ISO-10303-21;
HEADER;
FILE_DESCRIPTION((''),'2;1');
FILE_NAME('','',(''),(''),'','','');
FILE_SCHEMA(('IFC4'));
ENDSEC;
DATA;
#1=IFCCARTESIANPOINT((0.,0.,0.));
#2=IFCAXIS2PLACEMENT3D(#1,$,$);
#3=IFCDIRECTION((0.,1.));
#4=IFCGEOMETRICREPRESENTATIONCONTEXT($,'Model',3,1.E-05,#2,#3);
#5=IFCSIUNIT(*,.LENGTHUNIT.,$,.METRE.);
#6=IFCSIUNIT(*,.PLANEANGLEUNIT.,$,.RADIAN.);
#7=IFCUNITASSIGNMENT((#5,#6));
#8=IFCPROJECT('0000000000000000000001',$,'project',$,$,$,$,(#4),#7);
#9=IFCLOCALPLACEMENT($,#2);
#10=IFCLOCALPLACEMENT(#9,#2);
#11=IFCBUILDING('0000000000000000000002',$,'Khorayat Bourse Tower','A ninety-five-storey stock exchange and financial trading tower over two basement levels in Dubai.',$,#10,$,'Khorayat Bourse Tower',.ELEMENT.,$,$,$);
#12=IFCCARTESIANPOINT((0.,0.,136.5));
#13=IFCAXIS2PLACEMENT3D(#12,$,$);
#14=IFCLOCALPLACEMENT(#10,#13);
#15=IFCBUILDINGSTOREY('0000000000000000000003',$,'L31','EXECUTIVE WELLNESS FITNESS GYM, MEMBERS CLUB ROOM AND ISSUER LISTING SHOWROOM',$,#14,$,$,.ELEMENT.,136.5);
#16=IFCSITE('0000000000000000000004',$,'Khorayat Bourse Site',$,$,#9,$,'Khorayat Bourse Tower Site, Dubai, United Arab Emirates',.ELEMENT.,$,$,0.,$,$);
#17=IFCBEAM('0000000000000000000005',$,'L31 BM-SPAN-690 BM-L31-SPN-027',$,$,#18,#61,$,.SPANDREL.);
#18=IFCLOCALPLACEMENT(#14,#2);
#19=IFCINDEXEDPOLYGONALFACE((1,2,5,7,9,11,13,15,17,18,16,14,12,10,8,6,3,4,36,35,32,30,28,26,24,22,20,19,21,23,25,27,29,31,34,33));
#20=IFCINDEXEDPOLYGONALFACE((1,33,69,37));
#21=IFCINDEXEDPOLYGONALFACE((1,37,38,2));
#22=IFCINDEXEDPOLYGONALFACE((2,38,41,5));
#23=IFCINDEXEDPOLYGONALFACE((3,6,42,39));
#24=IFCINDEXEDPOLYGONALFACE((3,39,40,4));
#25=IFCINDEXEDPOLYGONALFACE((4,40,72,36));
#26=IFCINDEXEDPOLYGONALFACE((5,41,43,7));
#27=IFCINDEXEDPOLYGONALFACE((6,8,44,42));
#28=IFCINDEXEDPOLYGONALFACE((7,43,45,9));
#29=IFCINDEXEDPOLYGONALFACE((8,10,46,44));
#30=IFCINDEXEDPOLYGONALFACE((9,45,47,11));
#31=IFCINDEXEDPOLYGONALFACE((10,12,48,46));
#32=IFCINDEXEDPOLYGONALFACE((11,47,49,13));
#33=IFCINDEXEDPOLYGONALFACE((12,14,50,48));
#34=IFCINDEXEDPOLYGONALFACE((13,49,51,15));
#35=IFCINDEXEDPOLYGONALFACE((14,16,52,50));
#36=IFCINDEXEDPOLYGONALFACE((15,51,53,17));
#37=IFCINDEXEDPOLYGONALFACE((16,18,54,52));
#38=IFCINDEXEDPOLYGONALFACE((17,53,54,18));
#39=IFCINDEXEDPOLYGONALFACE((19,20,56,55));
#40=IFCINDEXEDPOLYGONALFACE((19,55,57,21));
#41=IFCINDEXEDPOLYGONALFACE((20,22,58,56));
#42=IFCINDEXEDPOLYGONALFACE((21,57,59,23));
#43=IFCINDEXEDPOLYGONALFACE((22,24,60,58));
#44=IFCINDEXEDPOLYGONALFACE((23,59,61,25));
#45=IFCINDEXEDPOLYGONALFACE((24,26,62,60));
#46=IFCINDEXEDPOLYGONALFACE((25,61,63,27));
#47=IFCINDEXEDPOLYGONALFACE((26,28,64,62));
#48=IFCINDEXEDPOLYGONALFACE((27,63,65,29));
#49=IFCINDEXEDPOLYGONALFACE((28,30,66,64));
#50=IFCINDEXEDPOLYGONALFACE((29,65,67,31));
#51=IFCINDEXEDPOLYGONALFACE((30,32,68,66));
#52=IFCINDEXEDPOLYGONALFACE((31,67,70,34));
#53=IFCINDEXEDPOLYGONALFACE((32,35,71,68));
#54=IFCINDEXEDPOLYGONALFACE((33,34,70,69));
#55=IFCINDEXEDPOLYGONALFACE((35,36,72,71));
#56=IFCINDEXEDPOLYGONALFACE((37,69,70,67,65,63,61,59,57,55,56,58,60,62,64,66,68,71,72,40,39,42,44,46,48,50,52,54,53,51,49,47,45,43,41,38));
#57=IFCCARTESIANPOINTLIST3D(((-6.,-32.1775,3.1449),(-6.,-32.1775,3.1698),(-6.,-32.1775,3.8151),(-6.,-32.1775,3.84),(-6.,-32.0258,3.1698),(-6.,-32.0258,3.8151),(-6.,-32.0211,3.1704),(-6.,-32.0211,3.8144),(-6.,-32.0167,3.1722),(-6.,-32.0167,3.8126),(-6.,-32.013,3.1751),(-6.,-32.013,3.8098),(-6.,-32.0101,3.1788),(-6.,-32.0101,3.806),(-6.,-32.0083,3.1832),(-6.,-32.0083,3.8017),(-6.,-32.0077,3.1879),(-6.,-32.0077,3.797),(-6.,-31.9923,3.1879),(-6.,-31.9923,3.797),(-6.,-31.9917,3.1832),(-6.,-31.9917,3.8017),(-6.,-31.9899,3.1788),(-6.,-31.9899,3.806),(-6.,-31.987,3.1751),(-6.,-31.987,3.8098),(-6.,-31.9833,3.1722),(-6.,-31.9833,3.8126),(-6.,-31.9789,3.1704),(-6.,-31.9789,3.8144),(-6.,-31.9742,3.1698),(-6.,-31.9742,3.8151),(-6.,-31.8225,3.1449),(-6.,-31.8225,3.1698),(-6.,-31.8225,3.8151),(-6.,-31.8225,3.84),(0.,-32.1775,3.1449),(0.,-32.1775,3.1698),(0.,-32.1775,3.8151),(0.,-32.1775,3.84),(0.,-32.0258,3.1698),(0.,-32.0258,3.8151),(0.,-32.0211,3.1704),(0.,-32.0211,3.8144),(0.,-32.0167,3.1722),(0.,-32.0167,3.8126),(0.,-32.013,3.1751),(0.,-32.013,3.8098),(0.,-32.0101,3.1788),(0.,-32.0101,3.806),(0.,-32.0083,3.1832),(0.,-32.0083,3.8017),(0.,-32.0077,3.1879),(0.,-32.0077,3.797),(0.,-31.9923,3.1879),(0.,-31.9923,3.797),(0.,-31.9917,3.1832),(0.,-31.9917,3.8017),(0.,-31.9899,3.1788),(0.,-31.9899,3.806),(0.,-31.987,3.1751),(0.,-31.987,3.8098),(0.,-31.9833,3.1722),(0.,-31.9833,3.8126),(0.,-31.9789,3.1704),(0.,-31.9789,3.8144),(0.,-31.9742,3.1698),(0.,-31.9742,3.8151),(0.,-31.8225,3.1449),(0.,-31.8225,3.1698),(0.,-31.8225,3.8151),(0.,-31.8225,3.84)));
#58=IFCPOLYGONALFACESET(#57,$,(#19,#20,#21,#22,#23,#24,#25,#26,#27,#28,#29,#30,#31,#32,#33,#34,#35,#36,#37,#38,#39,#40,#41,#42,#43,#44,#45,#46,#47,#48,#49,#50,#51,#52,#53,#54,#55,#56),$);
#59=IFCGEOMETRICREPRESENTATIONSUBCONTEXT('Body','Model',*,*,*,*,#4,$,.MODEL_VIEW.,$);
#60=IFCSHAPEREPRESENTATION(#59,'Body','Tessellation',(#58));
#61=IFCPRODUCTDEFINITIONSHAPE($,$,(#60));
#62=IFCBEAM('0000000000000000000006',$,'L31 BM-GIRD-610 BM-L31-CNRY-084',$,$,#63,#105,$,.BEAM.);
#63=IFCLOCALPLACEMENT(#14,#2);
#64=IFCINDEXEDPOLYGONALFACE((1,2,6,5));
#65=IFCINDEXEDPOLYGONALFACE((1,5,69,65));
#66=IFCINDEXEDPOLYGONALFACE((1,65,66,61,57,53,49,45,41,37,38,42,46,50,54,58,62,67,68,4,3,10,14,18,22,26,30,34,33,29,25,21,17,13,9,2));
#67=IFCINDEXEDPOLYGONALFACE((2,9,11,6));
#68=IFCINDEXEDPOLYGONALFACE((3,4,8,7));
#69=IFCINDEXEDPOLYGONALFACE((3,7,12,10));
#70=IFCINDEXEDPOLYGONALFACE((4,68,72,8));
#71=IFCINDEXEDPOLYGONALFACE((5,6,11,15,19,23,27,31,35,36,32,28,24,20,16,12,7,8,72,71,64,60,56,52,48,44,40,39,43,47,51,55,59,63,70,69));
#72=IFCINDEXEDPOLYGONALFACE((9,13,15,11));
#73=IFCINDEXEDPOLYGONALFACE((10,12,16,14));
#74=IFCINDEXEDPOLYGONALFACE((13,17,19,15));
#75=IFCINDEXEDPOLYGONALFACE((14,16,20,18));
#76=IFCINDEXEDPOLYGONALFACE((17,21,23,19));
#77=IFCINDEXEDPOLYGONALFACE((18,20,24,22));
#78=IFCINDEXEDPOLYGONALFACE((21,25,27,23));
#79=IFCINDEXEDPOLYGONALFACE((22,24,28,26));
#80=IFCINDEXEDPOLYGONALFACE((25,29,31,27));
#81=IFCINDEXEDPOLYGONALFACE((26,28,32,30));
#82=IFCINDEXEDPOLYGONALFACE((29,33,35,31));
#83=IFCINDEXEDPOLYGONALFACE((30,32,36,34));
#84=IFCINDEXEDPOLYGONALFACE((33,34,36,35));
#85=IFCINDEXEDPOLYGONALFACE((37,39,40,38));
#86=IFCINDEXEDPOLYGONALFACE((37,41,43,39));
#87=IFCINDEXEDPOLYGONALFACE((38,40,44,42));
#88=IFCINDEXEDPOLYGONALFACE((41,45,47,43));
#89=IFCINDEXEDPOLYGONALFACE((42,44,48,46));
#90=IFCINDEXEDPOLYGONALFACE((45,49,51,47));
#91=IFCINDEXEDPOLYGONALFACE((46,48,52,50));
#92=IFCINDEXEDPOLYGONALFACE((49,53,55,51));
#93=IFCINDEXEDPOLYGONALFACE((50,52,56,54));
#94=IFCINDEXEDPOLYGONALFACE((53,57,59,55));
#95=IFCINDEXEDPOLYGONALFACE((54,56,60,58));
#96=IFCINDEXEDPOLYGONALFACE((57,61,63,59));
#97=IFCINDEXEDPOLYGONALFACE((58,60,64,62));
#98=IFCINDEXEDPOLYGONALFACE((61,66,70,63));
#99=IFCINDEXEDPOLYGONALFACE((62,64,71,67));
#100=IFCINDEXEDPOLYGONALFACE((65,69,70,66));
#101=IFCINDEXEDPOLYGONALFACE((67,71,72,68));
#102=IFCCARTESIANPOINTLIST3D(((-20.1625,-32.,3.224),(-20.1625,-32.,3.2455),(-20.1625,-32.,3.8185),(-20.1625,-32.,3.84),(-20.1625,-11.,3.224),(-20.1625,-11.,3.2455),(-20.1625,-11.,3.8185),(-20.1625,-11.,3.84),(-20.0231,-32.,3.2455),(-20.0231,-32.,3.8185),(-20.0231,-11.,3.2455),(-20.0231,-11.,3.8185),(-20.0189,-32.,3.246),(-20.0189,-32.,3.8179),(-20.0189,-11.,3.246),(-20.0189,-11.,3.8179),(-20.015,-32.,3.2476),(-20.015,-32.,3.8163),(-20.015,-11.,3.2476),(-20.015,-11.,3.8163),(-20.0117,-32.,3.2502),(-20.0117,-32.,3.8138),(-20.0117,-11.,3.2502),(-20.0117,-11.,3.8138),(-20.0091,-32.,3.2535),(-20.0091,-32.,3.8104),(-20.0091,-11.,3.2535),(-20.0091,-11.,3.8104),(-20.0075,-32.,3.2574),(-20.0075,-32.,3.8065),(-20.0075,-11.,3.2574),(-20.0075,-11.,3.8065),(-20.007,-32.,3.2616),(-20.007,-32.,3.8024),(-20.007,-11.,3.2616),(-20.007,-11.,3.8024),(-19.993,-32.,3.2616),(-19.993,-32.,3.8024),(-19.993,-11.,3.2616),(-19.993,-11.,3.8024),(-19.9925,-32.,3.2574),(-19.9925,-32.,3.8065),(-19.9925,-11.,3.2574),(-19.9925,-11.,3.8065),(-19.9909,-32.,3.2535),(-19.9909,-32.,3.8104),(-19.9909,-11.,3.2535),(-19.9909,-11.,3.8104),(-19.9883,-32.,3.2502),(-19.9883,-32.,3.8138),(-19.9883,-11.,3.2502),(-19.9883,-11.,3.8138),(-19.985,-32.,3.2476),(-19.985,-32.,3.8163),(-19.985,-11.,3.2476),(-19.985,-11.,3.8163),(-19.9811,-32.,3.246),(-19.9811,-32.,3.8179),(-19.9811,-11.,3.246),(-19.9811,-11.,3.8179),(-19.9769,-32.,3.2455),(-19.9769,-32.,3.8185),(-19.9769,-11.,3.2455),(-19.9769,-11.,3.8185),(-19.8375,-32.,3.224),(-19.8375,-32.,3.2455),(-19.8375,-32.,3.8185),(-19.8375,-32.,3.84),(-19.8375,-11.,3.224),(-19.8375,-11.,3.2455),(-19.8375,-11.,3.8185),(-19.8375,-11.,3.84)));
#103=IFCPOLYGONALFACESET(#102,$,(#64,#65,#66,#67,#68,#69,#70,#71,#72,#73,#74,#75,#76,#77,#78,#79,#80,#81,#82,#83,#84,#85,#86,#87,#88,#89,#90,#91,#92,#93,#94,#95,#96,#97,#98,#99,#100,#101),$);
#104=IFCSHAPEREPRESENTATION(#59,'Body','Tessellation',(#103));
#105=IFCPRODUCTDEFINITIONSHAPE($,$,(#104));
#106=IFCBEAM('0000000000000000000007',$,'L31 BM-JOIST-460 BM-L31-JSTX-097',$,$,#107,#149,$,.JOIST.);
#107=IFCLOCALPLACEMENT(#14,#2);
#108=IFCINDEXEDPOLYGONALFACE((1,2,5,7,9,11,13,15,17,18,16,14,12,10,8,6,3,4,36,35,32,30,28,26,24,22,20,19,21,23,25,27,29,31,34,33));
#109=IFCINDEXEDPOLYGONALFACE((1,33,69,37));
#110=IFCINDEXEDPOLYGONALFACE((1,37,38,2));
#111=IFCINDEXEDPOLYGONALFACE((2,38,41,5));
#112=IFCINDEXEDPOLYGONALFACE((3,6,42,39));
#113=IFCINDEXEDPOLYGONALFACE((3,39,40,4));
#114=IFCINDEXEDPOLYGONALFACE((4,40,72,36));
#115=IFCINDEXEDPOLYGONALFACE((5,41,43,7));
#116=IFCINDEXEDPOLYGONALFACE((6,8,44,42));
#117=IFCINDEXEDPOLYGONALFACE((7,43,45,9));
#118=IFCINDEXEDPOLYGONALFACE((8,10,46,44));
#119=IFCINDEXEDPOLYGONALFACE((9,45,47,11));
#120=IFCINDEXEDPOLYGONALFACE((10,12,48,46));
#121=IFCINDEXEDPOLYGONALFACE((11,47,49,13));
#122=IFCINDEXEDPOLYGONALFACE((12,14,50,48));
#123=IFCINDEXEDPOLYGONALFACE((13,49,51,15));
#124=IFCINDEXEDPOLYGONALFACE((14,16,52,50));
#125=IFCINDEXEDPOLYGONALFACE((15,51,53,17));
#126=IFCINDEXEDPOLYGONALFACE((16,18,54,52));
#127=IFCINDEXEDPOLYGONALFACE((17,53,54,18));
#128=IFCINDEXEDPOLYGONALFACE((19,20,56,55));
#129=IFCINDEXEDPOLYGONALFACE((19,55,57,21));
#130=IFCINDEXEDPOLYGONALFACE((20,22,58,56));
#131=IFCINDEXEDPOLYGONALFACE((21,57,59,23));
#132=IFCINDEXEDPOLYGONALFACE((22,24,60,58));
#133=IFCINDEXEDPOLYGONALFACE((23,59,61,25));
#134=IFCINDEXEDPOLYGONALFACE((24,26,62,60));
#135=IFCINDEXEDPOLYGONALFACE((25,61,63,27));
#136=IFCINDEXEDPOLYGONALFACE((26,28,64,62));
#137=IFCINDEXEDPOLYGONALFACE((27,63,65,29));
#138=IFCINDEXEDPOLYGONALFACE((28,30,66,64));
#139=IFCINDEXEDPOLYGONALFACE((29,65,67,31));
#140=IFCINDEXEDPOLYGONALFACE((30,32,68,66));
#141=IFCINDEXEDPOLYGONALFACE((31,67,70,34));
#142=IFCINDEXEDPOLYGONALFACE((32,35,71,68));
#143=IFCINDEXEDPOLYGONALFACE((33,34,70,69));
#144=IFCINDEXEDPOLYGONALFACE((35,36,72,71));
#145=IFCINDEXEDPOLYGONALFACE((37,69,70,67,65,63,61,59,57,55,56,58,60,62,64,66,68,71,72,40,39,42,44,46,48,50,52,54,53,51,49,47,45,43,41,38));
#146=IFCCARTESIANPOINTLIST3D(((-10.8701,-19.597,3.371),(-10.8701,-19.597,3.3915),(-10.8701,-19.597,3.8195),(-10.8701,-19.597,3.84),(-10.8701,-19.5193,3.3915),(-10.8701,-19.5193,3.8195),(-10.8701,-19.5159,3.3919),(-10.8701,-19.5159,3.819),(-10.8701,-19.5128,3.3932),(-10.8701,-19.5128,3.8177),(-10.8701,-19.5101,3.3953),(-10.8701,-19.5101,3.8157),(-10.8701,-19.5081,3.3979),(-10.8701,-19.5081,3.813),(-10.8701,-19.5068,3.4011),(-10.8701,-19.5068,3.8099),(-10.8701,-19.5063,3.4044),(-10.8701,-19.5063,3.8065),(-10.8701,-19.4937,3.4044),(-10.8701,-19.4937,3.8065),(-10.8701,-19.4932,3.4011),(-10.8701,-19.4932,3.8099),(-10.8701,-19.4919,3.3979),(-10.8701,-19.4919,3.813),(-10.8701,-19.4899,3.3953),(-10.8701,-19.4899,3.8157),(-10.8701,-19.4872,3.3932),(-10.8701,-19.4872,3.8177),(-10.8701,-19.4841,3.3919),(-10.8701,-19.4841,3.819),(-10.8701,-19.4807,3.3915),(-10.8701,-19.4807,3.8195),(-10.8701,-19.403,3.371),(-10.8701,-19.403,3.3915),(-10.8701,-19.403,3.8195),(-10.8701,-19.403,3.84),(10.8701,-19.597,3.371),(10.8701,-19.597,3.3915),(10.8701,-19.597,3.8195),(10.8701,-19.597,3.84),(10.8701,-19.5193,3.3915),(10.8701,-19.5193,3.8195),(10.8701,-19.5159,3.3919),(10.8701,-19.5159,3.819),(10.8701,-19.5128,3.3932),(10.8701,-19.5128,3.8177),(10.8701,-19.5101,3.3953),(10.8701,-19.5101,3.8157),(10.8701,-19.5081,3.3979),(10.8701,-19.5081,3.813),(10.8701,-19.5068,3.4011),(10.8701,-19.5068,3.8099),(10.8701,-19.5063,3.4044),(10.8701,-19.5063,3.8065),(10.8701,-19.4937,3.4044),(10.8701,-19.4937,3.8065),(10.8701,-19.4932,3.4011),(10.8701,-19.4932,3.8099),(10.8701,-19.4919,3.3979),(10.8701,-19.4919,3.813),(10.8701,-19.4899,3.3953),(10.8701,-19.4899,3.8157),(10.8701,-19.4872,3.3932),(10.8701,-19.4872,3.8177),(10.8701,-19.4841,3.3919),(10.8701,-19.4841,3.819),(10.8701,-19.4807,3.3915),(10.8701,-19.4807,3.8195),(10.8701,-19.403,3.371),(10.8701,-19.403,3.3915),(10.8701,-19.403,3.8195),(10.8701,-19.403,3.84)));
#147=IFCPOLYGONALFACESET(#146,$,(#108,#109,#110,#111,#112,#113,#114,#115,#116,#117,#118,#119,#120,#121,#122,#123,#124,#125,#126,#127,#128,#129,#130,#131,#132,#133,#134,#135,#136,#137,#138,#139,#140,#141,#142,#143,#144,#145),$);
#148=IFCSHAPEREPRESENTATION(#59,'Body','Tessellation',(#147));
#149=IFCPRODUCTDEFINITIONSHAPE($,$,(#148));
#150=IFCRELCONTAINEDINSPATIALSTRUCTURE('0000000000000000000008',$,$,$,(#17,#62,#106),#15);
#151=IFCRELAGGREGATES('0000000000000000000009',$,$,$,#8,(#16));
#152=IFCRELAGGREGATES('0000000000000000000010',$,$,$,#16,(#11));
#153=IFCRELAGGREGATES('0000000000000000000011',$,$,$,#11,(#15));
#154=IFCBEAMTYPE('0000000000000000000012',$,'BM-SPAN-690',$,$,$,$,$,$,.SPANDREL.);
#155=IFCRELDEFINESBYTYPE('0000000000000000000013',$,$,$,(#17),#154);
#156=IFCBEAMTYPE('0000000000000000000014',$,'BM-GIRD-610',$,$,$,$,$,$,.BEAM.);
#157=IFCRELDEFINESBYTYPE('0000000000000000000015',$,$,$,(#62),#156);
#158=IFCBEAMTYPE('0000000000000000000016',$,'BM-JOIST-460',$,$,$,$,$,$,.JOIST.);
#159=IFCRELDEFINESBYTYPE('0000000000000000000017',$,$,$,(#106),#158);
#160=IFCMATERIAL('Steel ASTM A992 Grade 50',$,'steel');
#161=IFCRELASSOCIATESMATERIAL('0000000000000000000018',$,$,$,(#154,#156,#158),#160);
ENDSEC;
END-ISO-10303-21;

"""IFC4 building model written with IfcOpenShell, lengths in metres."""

from ifc_helpers import new_model, si_unit, direction, frame, origin, origin_2d, place, context, subcontext, project, spatial, i_section, extrude, source, transform, mapped, material, material_profile, profile_set, type_object, element, save


model = new_model("IFC4")

# Units and contexts
model_context = context("Model", 3, precision=1e-05, world=origin(), true_north=direction((0.0, 1.0)))
body_context = subcontext(model_context, "Body", "Model", "MODEL_VIEW")
ifc_project = project(units=[si_unit("LENGTHUNIT", "METRE"), si_unit("PLANEANGLEUNIT", "RADIAN")], contexts=[model_context])

# Site, building, storey
site_placement = place(None, origin())
site = spatial("IfcSite", under=ifc_project, at=site_placement, Name="Khorayat Bourse Site", LongName="Khorayat Bourse Tower Site, Dubai, United Arab Emirates", CompositionType="ELEMENT", RefElevation=0.0)
building_placement = place(site_placement, origin())
building = spatial("IfcBuilding", under=site, at=building_placement, Name="Khorayat Bourse Tower", Description="A ninety-five-storey stock exchange and financial trading tower over two basement levels in Dubai.", LongName="Khorayat Bourse Tower", CompositionType="ELEMENT")
storey_placement = place(building_placement, frame((0.0, 0.0, 136.5)))
storey = spatial("IfcBuildingStorey", under=building, at=storey_placement, Name="L31", Description="EXECUTIVE WELLNESS FITNESS GYM, MEMBERS CLUB ROOM AND ISSUER LISTING SHOWROOM", CompositionType="ELEMENT", Elevation=136.5)

# Beams
ifc_material_1 = material(Name="Steel ASTM A992 Grade 50", Category="steel")
ifc_material_profile_1 = material_profile(ifc_material_1, i_section(OverallWidth=0.355, OverallDepth=0.6951, WebThickness=0.0154, FlangeThickness=0.0249, FilletRadius=0.0181, at=origin_2d()), Name="W690X217")
ifc_profile_set_1 = profile_set([ifc_material_profile_1], Name="Steel ASTM A992 Grade 50")
beam_type_1 = type_object("IfcBeamType", Name="BM-SPAN-690", PredefinedType="SPANDREL", material=ifc_profile_set_1)
shared_shape_1 = source(origin(), body_context, "Body", "SweptSolid", [
    extrude(i_section(OverallWidth=0.355, OverallDepth=0.6951, WebThickness=0.0154, FlangeThickness=0.0249, FilletRadius=0.0181, at=origin_2d()), origin(), (0.0, 0.0, 1.0), 6.0),
])
beam_1_placement = place(storey_placement, frame((-6.0, -32.0, 3.4924), z_axis=(1.0, 0.0, 0.0), x_axis=(0.0, 1.0, 0.0)))
element("IfcBeam", 1, at=beam_1_placement, inside=storey, type_object=beam_type_1, Name="L31 BM-SPAN-690 BM-L31-SPN-027", PredefinedType="SPANDREL", context=body_context, shape_type="MappedRepresentation", body=[
    mapped(shared_shape_1, transform((0.0, 0.0, 0.0), scale=1.0)),
])
ifc_material_profile_2 = material_profile(ifc_material_1, i_section(OverallWidth=0.325, OverallDepth=0.616, WebThickness=0.0139, FlangeThickness=0.0215, FilletRadius=0.0161, at=origin_2d()), Name="W610X174")
ifc_profile_set_2 = profile_set([ifc_material_profile_2], Name="Steel ASTM A992 Grade 50")
beam_type_2 = type_object("IfcBeamType", Name="BM-GIRD-610", PredefinedType="BEAM", material=ifc_profile_set_2)
shared_shape_2 = source(origin(), body_context, "Body", "SweptSolid", [
    extrude(i_section(OverallWidth=0.325, OverallDepth=0.616, WebThickness=0.0139, FlangeThickness=0.0215, FilletRadius=0.0161, at=origin_2d()), origin(), (0.0, 0.0, 1.0), 21.0),
])
beam_2_placement = place(storey_placement, frame((-20.0, -32.0, 3.532), z_axis=(0.0, 1.0, 0.0), x_axis=(-1.0, 0.0, 0.0)))
element("IfcBeam", 2, at=beam_2_placement, inside=storey, type_object=beam_type_2, Name="L31 BM-GIRD-610 BM-L31-CNRY-084", PredefinedType="BEAM", context=body_context, shape_type="MappedRepresentation", body=[
    mapped(shared_shape_2, transform((0.0, 0.0, 0.0), scale=1.0)),
])
ifc_material_profile_3 = material_profile(ifc_material_1, i_section(OverallWidth=0.1941, OverallDepth=0.469, WebThickness=0.0127, FlangeThickness=0.0205, FilletRadius=0.0129, at=origin_2d()), Name="W460X106")
ifc_profile_set_3 = profile_set([ifc_material_profile_3], Name="Steel ASTM A992 Grade 50")
beam_type_3 = type_object("IfcBeamType", Name="BM-JOIST-460", PredefinedType="JOIST", material=ifc_profile_set_3)
shared_shape_3 = source(origin(), body_context, "Body", "SweptSolid", [
    extrude(i_section(OverallWidth=0.1941, OverallDepth=0.469, WebThickness=0.0127, FlangeThickness=0.0205, FilletRadius=0.0129, at=origin_2d()), origin(), (0.0, 0.0, 1.0), 21.7402),
])
beam_3_placement = place(storey_placement, frame((-10.8701, -19.5, 3.6055), z_axis=(1.0, 0.0, 0.0), x_axis=(0.0, 1.0, 0.0)))
element("IfcBeam", 3, at=beam_3_placement, inside=storey, type_object=beam_type_3, Name="L31 BM-JOIST-460 BM-L31-JSTX-097", PredefinedType="JOIST", context=body_context, shape_type="MappedRepresentation", body=[
    mapped(shared_shape_3, transform((0.0, 0.0, 0.0), scale=1.0)),
])

save(model, "model.ifc")
